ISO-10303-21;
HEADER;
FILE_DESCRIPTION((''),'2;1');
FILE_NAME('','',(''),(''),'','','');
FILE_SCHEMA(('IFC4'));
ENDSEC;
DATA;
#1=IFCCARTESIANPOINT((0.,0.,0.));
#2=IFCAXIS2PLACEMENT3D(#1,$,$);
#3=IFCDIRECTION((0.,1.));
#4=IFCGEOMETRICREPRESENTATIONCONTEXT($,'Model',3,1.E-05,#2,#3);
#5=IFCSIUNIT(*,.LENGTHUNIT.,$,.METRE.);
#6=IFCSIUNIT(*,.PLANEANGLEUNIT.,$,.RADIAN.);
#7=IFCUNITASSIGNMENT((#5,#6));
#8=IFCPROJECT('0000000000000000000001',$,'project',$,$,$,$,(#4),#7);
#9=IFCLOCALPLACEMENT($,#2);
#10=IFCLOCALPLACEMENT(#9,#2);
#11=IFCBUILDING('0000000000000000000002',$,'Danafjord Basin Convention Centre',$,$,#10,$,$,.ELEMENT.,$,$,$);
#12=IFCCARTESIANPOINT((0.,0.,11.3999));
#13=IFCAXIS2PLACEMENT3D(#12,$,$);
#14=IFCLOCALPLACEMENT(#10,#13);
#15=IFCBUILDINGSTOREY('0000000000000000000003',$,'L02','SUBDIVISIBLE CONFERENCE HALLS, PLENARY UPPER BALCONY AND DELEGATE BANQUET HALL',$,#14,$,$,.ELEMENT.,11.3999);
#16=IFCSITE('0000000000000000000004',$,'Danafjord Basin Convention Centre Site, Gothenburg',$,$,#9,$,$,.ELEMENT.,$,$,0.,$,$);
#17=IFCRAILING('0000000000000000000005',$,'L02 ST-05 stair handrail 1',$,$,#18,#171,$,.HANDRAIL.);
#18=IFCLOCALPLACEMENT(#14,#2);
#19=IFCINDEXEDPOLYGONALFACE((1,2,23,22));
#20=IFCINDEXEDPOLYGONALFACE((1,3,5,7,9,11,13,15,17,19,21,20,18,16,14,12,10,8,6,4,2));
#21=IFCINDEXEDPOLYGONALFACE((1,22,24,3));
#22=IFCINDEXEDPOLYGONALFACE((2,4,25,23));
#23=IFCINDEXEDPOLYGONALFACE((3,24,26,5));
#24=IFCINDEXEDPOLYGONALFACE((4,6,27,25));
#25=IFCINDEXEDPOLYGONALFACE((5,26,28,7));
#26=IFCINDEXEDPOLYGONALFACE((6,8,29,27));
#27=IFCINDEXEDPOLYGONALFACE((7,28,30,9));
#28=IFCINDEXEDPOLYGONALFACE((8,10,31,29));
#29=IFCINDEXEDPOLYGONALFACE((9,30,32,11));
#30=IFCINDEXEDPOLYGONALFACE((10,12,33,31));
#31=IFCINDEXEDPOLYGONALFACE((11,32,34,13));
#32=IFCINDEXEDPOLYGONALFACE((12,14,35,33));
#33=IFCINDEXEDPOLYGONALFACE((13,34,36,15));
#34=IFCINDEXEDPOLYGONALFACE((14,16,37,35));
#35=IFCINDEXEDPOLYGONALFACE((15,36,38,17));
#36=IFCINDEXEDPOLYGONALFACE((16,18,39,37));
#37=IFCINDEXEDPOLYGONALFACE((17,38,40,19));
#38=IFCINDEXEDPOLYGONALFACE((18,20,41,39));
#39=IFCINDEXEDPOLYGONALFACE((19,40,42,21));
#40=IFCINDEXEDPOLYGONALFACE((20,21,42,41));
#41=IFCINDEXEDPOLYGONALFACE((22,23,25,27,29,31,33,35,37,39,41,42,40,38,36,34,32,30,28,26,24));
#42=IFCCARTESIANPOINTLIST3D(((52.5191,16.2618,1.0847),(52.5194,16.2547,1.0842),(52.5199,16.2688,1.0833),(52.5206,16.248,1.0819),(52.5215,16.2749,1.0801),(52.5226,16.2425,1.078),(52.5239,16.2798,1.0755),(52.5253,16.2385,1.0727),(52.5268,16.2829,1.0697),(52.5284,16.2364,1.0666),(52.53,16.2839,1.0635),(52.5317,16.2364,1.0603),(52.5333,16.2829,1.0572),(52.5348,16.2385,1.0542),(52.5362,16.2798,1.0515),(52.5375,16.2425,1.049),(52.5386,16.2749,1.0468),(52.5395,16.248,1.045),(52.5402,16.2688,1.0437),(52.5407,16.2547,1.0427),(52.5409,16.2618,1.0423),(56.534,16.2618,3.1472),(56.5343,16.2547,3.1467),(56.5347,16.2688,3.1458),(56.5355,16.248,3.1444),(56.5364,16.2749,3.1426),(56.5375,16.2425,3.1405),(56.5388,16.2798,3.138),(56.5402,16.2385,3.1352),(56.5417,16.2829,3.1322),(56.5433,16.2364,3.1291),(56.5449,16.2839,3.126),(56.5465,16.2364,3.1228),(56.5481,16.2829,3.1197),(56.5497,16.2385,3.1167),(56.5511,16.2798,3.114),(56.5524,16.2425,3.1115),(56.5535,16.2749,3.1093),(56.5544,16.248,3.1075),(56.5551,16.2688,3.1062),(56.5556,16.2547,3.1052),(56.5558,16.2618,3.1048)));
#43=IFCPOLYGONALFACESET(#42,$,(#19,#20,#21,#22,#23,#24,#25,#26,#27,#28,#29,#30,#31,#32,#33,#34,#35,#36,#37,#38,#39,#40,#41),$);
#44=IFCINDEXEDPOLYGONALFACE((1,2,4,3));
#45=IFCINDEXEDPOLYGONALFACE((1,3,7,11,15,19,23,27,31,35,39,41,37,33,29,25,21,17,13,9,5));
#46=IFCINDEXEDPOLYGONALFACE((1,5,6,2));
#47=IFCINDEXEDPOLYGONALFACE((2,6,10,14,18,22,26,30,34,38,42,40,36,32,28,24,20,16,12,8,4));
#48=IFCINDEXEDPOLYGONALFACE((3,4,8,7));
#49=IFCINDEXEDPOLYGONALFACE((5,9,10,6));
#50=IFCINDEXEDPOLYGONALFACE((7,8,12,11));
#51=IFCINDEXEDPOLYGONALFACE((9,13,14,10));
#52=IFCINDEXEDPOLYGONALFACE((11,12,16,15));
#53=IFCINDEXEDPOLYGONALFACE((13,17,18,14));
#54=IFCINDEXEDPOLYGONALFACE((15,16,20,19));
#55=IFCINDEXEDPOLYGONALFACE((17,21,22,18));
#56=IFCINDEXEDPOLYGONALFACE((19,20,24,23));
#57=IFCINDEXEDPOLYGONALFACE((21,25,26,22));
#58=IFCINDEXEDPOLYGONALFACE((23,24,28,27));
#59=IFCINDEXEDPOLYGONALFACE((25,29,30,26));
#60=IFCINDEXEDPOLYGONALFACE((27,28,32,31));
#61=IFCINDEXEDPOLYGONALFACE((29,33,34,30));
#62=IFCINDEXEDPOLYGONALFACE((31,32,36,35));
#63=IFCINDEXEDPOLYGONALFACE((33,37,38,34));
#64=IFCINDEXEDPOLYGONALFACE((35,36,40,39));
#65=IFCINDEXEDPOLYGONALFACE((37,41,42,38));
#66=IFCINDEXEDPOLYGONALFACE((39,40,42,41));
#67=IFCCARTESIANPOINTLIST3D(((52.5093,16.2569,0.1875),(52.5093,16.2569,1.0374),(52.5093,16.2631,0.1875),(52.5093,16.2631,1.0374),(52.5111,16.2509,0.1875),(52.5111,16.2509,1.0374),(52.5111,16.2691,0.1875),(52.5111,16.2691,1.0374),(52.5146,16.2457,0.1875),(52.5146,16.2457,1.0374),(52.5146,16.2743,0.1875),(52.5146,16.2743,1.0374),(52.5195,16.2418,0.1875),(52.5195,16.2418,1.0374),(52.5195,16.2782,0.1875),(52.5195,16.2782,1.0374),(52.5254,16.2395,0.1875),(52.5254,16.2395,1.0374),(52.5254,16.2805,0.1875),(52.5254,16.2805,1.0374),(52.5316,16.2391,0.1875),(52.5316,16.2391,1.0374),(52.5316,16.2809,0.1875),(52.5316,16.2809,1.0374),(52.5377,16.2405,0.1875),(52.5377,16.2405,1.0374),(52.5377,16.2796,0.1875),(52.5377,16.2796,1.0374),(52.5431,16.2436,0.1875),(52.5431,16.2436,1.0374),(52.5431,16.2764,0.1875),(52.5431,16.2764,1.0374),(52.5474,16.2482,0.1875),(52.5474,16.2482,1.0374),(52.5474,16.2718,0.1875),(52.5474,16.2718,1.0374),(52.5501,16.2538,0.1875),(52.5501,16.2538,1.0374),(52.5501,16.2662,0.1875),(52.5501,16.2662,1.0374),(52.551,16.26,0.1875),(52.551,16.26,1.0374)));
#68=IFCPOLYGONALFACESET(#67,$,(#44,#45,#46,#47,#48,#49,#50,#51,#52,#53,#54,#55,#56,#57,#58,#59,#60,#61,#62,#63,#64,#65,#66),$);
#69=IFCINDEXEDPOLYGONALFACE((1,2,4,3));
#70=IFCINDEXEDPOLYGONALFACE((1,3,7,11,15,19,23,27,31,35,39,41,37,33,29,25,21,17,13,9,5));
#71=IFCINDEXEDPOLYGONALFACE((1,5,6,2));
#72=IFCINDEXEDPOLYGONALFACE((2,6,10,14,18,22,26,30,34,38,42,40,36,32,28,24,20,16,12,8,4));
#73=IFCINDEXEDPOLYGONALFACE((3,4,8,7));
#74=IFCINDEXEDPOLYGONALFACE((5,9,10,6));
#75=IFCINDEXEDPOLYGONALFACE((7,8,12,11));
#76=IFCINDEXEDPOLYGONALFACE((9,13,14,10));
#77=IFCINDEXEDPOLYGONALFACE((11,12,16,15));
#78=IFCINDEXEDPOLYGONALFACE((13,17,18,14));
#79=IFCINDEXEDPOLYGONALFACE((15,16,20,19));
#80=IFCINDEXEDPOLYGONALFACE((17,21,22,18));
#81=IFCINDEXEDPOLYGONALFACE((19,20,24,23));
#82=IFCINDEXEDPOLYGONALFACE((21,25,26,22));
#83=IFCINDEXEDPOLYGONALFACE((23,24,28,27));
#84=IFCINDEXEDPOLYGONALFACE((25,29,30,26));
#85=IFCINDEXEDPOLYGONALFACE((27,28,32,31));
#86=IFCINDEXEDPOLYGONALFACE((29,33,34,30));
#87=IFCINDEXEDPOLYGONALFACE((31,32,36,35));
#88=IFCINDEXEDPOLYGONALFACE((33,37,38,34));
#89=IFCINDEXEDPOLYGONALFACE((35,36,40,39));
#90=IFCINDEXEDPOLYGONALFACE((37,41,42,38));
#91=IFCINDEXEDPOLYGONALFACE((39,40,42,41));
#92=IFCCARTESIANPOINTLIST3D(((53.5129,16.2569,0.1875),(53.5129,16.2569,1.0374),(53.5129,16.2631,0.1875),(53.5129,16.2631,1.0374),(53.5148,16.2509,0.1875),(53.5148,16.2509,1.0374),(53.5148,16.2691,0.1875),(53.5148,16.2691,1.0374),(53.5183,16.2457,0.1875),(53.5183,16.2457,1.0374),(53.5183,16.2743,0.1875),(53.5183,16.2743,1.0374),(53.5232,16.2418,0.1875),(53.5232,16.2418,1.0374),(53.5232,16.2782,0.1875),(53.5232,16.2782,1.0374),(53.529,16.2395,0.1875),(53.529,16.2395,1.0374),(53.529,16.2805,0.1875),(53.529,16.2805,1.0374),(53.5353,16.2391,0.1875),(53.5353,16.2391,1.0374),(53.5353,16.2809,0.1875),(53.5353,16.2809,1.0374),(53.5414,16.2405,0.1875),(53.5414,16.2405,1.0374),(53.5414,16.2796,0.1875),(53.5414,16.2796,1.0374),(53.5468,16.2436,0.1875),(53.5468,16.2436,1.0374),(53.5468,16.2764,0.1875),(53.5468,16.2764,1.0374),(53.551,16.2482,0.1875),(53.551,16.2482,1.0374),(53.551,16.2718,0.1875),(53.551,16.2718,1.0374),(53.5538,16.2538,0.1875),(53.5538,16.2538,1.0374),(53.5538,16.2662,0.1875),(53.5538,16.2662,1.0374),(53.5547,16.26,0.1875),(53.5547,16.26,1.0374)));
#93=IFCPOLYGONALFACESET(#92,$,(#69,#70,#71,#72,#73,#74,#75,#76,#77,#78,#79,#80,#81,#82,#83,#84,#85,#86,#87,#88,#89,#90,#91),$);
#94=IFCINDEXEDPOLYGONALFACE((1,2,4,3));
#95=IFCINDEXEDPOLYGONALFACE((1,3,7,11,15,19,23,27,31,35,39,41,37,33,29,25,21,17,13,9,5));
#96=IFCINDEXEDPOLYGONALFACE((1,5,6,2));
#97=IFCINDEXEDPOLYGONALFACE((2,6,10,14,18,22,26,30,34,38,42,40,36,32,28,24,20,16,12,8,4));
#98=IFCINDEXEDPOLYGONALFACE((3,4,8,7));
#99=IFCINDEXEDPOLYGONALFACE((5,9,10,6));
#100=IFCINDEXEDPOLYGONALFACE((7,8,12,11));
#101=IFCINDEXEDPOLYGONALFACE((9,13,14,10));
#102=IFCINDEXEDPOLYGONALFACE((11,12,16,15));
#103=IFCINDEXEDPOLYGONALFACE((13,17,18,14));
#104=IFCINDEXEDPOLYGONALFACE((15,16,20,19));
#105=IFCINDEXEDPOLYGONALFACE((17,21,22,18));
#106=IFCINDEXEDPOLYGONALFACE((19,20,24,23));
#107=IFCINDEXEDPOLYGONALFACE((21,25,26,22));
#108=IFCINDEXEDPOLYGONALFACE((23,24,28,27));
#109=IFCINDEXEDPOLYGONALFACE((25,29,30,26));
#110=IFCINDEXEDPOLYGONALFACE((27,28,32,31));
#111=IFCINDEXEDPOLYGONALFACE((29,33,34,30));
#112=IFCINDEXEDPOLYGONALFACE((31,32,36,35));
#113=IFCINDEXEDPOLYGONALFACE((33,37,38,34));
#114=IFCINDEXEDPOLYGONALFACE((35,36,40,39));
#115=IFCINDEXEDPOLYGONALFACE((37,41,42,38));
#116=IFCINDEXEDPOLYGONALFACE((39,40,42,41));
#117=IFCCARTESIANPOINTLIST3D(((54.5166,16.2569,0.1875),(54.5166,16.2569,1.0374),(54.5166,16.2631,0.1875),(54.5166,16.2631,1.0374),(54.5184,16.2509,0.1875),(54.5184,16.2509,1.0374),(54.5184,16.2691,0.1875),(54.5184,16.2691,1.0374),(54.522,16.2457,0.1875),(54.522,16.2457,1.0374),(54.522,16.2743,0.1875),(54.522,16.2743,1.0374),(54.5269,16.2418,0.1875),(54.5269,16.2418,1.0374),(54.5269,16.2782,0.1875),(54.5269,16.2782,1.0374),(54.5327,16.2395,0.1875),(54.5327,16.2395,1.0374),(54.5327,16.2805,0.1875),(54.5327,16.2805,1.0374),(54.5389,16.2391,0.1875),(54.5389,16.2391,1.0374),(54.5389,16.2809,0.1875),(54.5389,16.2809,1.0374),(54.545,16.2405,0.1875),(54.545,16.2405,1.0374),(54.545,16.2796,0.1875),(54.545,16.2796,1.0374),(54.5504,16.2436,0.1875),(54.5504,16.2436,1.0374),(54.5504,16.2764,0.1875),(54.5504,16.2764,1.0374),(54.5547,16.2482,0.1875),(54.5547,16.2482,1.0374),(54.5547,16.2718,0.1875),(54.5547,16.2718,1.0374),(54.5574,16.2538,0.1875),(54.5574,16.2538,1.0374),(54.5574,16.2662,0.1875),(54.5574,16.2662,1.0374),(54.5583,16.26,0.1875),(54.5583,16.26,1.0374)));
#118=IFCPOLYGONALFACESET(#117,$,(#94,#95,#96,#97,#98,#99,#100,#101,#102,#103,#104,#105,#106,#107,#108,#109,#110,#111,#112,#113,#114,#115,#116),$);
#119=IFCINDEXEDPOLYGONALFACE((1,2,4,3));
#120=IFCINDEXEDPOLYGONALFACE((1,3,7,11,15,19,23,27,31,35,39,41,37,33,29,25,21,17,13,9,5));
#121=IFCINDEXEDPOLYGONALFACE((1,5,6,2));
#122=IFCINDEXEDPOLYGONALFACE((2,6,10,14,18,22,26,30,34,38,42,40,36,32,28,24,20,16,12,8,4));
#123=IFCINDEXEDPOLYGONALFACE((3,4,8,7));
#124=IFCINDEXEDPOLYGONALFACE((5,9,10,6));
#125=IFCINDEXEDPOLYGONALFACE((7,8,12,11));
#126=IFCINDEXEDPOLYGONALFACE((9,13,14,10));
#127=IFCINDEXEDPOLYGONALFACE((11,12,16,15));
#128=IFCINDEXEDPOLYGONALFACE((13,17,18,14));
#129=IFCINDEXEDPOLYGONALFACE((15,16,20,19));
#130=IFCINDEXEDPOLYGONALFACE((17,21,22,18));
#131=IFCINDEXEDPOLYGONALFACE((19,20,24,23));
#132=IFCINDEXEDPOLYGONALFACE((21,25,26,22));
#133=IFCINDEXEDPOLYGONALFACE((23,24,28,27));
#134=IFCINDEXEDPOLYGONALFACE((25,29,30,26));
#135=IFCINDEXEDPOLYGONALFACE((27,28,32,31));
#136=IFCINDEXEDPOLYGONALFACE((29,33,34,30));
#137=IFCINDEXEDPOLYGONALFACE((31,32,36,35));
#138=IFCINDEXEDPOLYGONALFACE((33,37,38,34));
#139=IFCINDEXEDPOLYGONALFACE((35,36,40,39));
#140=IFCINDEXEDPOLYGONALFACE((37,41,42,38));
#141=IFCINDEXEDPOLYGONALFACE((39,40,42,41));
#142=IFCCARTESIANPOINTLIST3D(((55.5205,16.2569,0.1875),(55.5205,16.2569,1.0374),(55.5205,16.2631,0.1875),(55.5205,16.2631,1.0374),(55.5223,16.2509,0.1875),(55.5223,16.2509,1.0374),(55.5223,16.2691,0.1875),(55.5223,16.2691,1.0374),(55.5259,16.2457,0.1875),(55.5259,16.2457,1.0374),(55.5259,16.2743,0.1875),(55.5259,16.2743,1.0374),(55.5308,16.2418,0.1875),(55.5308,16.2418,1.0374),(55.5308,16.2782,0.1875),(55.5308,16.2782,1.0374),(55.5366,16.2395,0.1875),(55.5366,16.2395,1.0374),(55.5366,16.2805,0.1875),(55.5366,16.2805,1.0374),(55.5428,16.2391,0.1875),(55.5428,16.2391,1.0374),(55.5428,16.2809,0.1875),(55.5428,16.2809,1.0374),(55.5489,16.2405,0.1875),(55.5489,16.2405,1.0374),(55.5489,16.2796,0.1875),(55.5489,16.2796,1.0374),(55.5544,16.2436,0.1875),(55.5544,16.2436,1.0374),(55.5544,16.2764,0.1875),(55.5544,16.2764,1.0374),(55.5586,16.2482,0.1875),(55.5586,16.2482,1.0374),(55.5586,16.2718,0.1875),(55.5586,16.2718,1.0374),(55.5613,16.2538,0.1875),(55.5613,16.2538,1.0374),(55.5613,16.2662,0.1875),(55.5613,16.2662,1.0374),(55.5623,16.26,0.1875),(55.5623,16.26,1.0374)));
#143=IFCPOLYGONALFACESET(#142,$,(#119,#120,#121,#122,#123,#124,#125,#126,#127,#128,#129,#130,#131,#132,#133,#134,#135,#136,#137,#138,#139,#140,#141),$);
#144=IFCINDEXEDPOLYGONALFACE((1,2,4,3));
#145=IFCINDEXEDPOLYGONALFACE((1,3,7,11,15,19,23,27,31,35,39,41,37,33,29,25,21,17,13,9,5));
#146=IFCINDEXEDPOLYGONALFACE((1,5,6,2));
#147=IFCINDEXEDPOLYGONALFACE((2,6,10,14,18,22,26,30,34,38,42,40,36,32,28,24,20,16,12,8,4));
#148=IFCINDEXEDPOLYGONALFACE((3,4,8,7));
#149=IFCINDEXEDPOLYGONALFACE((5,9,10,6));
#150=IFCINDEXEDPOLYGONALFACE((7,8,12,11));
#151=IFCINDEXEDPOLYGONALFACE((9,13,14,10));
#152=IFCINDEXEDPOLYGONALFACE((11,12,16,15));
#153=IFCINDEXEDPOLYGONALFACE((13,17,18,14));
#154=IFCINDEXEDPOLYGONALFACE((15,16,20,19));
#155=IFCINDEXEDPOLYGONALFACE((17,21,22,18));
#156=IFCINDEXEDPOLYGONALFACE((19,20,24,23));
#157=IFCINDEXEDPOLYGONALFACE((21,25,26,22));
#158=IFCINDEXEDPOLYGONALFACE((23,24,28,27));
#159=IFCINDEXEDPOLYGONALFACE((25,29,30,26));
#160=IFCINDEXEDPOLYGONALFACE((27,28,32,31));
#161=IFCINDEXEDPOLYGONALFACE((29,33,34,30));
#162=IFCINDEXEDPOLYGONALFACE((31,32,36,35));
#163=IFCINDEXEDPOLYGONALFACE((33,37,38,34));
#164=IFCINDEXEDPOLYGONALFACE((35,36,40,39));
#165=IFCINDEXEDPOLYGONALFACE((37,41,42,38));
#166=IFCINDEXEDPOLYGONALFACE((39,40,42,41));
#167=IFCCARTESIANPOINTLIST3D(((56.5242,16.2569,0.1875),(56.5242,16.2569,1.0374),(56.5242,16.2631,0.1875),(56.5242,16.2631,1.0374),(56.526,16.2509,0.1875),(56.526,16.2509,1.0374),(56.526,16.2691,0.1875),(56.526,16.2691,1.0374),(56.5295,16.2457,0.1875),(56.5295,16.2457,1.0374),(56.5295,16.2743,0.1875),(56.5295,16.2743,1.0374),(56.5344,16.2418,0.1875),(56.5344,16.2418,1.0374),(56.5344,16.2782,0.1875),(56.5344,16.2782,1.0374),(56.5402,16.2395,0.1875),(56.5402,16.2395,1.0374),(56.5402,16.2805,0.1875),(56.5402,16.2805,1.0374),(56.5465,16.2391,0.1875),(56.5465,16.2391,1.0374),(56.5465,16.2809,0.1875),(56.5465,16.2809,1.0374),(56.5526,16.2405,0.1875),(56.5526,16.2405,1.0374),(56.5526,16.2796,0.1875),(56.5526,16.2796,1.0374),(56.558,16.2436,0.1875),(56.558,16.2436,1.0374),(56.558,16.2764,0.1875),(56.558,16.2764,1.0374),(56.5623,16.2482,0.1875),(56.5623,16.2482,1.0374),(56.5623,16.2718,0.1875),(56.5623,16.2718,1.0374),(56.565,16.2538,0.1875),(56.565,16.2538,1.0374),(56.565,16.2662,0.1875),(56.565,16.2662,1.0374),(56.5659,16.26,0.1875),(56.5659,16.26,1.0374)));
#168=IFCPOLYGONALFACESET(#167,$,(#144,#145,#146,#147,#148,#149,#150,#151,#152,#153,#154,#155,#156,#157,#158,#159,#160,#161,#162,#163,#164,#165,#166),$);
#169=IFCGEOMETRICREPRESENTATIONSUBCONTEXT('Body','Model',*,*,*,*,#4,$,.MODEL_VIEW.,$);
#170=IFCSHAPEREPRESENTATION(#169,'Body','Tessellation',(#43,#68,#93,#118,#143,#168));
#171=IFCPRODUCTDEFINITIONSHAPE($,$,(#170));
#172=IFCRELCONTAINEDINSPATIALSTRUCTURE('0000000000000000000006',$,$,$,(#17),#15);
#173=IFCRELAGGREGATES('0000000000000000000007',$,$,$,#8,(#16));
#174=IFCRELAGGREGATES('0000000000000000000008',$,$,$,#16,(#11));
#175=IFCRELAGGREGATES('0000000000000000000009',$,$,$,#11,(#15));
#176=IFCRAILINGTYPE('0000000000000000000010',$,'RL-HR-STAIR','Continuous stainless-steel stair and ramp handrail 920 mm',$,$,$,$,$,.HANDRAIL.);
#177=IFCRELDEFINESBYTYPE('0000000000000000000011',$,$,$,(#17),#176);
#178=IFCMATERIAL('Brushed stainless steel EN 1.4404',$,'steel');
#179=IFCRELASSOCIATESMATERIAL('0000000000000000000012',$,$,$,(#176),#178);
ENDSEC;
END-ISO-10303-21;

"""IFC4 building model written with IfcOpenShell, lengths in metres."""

from ifc_helpers import new_model, si_unit, direction, frame, origin, origin_2d, place, context, subcontext, project, spatial, circle, extrude, material, type_object, element, save


model = new_model("IFC4")

# Units and contexts
model_context = context("Model", 3, precision=1e-05, world=origin(), true_north=direction((0.0, 1.0)))
body_context = subcontext(model_context, "Body", "Model", "MODEL_VIEW")
ifc_project = project(units=[si_unit("LENGTHUNIT", "METRE"), si_unit("PLANEANGLEUNIT", "RADIAN")], contexts=[model_context])

# Site, building, storey
site_placement = place(None, origin())
site = spatial("IfcSite", under=ifc_project, at=site_placement, Name="Danafjord Basin Convention Centre Site, Gothenburg", CompositionType="ELEMENT", RefElevation=0.0)
building_placement = place(site_placement, origin())
building = spatial("IfcBuilding", under=site, at=building_placement, Name="Danafjord Basin Convention Centre", CompositionType="ELEMENT")
storey_placement = place(building_placement, frame((0.0, 0.0, 11.3999)))
storey = spatial("IfcBuildingStorey", under=building, at=storey_placement, Name="L02", Description="SUBDIVISIBLE CONFERENCE HALLS, PLENARY UPPER BALCONY AND DELEGATE BANQUET HALL", CompositionType="ELEMENT", Elevation=11.3999)

# Railing
ifc_material_1 = material(Name="Brushed stainless steel EN 1.4404", Category="steel")
railing_type_1 = type_object("IfcRailingType", Name="RL-HR-STAIR", Description="Continuous stainless-steel stair and ramp handrail 920 mm", PredefinedType="HANDRAIL", material=ifc_material_1)
railing_1_placement = place(storey_placement, frame((52.53, 16.26, 0.1875)))
element("IfcRailing", 1, at=railing_1_placement, inside=storey, type_object=railing_type_1, Name="L02 ST-05 stair handrail 1", PredefinedType="HANDRAIL", context=body_context, shape_type="SweptSolid", body=[
    extrude(circle(Radius=0.0239, at=origin_2d()), frame((0.0, 0.0, 0.876), z_axis=(0.889495, 0.0, 0.456945), x_axis=(0.0, 1.0, 0.0)), (0.0, 0.0, 1.0), 4.5137),
    extrude(circle(Radius=0.021, at=origin_2d()), origin(), (0.0, 0.0, 1.0), 0.8499),
    extrude(circle(Radius=0.021, at=origin_2d()), frame((1.0037, 0.0, 0.0)), (0.0, 0.0, 1.0), 0.8499),
    extrude(circle(Radius=0.021, at=origin_2d()), frame((2.0073, 0.0, 0.0)), (0.0, 0.0, 1.0), 0.8499),
    extrude(circle(Radius=0.021, at=origin_2d()), frame((3.0112, 0.0, 0.0)), (0.0, 0.0, 1.0), 0.8499),
    extrude(circle(Radius=0.021, at=origin_2d()), frame((4.0149, 0.0, 0.0)), (0.0, 0.0, 1.0), 0.8499),
])

save(model, "model.ifc")
